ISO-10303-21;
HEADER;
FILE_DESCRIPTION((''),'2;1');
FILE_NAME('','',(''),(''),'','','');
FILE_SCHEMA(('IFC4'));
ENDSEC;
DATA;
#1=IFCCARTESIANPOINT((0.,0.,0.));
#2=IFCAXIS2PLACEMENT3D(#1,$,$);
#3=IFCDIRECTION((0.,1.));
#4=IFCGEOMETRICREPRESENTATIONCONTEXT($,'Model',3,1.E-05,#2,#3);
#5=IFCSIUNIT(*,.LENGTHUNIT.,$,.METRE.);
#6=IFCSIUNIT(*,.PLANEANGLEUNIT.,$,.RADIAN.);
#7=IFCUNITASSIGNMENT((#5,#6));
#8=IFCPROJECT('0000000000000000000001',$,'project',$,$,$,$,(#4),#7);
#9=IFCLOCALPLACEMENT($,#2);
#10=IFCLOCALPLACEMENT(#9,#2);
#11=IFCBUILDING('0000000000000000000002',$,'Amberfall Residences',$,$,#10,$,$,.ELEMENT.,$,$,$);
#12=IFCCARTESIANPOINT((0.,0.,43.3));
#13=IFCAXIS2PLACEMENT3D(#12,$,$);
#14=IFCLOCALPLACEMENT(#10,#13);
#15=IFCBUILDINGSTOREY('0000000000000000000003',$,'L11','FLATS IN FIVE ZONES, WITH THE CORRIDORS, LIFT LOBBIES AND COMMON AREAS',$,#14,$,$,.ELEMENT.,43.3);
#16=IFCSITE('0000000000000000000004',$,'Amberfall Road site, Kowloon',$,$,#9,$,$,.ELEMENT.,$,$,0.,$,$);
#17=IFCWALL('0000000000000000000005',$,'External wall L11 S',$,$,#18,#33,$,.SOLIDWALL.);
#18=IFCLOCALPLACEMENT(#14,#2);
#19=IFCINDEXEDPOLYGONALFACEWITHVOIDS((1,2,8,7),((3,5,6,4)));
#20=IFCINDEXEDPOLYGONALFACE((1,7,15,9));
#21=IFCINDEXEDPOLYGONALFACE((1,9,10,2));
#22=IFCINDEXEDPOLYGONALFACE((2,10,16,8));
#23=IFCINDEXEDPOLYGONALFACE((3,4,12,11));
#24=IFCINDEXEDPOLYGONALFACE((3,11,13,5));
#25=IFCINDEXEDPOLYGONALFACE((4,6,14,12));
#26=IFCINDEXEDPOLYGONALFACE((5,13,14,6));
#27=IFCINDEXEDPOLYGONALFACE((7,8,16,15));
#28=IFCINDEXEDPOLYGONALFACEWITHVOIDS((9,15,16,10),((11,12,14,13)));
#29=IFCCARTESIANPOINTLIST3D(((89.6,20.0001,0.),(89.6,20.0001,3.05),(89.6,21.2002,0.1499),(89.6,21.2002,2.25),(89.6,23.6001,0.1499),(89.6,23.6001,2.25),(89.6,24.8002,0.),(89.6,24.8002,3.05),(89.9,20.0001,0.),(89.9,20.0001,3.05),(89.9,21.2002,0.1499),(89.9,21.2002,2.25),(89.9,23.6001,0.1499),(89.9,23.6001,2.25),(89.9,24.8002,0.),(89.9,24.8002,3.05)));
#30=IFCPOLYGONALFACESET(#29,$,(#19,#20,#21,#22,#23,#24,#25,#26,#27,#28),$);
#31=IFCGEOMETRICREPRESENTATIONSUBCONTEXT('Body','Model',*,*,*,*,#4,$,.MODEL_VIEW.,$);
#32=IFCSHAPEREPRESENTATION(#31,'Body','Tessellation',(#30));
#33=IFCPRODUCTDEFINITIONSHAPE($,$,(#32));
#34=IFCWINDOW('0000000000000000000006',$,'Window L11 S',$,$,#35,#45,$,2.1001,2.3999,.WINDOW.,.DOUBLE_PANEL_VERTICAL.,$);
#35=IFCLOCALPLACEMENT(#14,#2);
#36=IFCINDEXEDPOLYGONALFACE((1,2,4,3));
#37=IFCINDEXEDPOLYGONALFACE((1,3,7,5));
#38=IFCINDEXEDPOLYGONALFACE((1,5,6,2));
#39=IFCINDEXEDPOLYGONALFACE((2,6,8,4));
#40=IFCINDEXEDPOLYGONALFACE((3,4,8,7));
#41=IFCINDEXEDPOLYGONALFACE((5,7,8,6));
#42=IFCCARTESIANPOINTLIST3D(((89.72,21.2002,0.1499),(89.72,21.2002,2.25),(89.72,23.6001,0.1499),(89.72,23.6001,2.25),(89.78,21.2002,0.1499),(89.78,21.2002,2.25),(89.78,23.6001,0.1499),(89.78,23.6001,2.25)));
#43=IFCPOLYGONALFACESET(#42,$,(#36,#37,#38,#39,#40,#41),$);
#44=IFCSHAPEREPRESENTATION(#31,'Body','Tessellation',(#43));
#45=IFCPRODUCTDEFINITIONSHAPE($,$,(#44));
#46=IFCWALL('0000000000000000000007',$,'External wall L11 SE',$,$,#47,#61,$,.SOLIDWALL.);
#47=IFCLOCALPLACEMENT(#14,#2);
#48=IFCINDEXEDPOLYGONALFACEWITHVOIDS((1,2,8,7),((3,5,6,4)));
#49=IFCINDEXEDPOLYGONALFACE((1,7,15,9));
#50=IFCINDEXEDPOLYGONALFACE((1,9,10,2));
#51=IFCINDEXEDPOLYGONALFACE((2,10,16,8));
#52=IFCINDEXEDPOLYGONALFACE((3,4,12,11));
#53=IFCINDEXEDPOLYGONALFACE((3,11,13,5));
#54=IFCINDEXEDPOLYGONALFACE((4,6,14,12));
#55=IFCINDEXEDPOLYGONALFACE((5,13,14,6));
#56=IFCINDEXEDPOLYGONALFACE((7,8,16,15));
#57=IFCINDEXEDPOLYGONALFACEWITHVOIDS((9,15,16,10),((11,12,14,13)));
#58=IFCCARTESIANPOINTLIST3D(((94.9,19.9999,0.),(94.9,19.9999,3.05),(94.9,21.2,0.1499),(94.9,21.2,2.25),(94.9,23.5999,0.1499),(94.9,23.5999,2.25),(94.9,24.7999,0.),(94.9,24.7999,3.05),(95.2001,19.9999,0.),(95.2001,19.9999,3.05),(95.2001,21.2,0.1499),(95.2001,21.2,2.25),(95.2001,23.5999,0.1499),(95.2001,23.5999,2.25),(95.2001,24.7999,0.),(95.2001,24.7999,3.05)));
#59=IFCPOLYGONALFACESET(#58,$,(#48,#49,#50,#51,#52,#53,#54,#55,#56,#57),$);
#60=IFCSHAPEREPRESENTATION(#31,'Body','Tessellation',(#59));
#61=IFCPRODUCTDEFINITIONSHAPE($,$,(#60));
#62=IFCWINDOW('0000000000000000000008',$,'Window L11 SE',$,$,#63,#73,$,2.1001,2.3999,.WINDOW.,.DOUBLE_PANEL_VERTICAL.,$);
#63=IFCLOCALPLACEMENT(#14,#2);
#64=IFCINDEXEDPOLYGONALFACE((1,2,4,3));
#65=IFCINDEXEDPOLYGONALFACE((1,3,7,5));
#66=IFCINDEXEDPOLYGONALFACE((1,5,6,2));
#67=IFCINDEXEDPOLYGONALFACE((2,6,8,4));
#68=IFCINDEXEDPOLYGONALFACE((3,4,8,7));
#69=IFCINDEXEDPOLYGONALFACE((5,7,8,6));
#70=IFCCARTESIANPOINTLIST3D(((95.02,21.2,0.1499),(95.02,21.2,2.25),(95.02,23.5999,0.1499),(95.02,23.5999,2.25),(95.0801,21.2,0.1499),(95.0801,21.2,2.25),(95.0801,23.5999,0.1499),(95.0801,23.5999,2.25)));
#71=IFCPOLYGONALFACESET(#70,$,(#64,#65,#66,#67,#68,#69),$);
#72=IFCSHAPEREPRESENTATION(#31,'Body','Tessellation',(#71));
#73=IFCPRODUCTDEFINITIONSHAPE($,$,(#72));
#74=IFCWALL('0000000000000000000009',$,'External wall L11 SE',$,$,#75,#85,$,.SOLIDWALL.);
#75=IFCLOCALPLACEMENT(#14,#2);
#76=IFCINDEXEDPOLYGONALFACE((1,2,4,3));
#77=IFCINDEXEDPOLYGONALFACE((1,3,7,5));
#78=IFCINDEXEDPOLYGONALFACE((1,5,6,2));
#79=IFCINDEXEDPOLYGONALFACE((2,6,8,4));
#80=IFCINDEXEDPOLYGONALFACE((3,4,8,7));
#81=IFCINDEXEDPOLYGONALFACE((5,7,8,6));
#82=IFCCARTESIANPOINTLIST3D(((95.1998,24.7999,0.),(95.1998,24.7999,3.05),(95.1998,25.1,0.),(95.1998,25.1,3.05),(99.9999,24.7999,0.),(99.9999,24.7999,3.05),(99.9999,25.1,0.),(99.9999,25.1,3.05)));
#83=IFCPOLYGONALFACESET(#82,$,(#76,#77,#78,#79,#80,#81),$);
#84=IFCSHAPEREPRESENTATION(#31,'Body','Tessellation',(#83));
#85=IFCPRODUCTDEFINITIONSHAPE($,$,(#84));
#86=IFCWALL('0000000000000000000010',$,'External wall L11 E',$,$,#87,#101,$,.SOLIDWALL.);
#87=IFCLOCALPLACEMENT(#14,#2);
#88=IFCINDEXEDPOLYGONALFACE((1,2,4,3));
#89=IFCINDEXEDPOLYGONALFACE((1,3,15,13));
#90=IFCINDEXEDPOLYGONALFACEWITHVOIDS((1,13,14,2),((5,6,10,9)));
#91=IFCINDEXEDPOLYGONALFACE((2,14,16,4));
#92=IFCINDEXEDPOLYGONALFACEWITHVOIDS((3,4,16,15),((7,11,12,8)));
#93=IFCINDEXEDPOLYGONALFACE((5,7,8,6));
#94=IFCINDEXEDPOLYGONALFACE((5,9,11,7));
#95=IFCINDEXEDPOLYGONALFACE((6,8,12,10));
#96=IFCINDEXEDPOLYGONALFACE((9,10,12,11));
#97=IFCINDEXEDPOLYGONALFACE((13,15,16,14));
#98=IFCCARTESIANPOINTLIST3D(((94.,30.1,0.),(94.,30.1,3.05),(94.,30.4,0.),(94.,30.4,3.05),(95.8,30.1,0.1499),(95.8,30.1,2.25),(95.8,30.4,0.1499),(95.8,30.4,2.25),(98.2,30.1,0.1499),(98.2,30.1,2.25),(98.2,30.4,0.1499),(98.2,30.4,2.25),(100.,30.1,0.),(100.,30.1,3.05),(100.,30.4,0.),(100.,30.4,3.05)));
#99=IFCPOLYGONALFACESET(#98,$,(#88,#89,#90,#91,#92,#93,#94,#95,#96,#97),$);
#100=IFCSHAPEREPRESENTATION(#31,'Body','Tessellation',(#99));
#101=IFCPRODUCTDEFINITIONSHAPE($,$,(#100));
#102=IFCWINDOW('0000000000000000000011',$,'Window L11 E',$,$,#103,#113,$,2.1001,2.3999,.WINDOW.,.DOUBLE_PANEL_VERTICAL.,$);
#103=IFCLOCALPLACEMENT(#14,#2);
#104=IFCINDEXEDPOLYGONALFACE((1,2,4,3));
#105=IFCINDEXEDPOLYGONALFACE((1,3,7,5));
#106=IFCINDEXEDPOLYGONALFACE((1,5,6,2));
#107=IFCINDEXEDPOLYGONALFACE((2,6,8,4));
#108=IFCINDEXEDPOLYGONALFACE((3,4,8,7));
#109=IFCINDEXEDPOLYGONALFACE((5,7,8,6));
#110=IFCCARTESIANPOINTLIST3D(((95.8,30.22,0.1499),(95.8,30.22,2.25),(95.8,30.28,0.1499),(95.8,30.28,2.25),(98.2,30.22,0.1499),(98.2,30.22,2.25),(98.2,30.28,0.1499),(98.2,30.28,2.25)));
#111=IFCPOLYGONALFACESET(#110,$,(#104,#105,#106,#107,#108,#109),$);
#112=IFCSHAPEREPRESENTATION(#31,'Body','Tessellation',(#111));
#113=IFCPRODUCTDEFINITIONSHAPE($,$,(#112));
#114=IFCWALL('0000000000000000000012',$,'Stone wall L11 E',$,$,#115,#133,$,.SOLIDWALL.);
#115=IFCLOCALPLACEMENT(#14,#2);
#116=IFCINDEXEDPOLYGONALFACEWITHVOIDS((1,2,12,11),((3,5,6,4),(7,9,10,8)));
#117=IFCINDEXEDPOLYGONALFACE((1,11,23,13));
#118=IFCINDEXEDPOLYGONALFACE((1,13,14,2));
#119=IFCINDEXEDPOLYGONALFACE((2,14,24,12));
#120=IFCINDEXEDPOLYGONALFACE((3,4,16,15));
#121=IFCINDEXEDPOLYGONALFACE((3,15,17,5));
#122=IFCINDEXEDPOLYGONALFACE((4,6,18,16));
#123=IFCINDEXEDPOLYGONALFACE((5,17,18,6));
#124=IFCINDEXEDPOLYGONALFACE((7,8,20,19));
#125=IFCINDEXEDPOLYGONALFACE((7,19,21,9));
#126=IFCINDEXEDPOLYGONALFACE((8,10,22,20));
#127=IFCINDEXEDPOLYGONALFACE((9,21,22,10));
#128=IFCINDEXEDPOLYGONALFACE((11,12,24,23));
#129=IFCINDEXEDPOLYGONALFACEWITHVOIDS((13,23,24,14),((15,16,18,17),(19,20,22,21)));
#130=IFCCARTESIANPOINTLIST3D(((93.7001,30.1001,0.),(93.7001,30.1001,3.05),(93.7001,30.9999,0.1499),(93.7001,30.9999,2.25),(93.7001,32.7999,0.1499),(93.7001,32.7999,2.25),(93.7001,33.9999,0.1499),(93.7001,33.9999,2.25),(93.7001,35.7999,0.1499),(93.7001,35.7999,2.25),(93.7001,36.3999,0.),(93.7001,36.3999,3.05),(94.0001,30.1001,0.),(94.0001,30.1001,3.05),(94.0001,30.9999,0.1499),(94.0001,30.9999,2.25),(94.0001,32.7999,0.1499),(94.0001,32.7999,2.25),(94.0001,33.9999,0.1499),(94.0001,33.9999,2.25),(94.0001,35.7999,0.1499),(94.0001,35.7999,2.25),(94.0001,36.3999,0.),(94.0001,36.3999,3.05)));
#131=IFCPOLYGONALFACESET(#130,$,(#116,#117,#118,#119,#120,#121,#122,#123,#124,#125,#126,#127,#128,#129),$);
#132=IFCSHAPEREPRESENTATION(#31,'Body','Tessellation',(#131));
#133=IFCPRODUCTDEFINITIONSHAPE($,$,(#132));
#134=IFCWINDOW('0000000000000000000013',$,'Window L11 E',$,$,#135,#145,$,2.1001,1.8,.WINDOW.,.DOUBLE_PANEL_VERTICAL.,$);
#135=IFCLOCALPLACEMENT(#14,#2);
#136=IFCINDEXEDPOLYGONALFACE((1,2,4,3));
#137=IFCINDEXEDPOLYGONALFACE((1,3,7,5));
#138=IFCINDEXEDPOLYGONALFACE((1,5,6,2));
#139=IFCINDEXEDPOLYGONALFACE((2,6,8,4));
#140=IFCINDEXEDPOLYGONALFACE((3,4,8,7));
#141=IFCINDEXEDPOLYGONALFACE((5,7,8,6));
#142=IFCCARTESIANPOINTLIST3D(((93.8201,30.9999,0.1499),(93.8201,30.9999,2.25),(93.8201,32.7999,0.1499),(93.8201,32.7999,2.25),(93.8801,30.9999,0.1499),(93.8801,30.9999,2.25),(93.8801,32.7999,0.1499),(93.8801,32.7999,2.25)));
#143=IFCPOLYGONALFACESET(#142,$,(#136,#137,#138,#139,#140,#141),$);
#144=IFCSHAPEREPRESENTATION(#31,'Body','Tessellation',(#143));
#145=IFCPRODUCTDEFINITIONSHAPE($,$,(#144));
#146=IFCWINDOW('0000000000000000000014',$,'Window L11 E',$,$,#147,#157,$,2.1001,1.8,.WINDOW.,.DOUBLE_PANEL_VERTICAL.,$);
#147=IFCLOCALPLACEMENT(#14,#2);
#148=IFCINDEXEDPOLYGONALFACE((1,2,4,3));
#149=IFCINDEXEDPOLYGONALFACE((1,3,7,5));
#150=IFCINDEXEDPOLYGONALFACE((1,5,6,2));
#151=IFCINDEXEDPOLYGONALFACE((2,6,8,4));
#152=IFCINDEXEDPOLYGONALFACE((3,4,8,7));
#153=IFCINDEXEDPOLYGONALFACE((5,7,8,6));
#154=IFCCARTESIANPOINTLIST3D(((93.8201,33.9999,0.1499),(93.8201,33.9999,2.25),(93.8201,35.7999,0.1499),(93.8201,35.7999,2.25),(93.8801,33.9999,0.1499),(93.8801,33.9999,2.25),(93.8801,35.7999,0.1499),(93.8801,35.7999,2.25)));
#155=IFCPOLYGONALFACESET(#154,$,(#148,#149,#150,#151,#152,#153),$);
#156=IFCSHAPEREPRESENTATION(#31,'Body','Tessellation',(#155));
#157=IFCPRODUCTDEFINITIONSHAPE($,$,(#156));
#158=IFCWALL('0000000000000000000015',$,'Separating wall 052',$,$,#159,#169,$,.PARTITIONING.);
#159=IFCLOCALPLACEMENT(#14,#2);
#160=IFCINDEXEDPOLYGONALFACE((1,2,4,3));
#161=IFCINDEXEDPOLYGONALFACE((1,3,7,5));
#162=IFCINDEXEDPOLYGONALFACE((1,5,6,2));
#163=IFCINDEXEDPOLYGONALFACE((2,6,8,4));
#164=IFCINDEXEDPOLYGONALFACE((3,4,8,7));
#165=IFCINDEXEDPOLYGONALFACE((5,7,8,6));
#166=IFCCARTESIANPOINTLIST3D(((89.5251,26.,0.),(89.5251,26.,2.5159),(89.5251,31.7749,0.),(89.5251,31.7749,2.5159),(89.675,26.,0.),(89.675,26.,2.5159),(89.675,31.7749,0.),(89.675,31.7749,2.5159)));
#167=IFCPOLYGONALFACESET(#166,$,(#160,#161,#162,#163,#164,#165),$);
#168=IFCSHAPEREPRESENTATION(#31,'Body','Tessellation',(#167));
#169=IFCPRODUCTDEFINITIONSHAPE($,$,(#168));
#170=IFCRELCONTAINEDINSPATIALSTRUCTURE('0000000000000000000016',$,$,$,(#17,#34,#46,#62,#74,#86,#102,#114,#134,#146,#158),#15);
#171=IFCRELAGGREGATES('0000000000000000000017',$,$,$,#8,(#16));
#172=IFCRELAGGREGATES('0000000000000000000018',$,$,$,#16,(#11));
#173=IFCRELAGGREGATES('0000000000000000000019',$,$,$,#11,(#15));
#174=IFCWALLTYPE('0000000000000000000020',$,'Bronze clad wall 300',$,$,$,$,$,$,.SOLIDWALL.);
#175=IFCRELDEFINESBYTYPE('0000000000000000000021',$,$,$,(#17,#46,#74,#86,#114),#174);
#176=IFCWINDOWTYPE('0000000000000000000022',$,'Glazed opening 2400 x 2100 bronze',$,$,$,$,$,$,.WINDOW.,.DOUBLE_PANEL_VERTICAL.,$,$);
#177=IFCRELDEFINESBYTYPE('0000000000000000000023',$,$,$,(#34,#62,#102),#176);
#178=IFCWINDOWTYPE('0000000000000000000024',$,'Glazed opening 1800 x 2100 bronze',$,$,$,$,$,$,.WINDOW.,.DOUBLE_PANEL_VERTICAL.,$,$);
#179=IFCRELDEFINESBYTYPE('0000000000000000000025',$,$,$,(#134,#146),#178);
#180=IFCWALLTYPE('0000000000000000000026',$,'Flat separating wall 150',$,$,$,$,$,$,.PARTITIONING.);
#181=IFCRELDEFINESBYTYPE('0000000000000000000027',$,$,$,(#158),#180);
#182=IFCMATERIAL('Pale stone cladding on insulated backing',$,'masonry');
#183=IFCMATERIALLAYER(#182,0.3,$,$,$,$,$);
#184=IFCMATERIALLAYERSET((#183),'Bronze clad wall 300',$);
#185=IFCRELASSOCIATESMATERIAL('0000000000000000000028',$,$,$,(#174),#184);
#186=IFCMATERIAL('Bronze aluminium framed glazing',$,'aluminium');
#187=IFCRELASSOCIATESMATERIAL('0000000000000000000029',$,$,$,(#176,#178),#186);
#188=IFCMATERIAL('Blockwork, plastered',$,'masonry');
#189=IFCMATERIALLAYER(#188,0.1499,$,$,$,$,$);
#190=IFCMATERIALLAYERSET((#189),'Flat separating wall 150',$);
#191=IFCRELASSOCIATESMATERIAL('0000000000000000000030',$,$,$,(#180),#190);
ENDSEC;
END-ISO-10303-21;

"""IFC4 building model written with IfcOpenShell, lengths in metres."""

from ifc_helpers import new_model, si_unit, direction, frame, frame_2d, origin, place, context, subcontext, project, spatial, rectangle, extrude, material, layer, layer_set, type_object, element, fill, save


model = new_model("IFC4")

# Units and contexts
model_context = context("Model", 3, precision=1e-05, world=origin(), true_north=direction((0.0, 1.0)))
body_context = subcontext(model_context, "Body", "Model", "MODEL_VIEW")
ifc_project = project(units=[si_unit("LENGTHUNIT", "METRE"), si_unit("PLANEANGLEUNIT", "RADIAN")], contexts=[model_context])

# Site, building, storey
site_placement = place(None, origin())
site = spatial("IfcSite", under=ifc_project, at=site_placement, Name="Amberfall Road site, Kowloon", CompositionType="ELEMENT", RefElevation=0.0)
building_placement = place(site_placement, origin())
building = spatial("IfcBuilding", under=site, at=building_placement, Name="Amberfall Residences", CompositionType="ELEMENT")
storey_placement = place(building_placement, frame((0.0, 0.0, 43.3)))
storey = spatial("IfcBuildingStorey", under=building, at=storey_placement, Name="L11", Description="FLATS IN FIVE ZONES, WITH THE CORRIDORS, LIFT LOBBIES AND COMMON AREAS", CompositionType="ELEMENT", Elevation=43.3)

# Walls, openings, windows
ifc_material_1 = material(Name="Pale stone cladding on insulated backing", Category="masonry")
ifc_layer_1 = layer(ifc_material_1, 0.3)
ifc_layer_set_1 = layer_set([ifc_layer_1], Name="Bronze clad wall 300")
wall_type_1 = type_object("IfcWallType", Name="Bronze clad wall 300", PredefinedType="SOLIDWALL", material=ifc_layer_set_1)
wall_1_placement = place(storey_placement, frame((89.75, 24.8, 0.0), z_axis=(0.0, 0.0, 1.0), x_axis=(0.0, -1.0, 0.0)))
wall_1 = element("IfcWall", 1, at=wall_1_placement, inside=storey, type_object=wall_type_1, Name="External wall L11 S", PredefinedType="SOLIDWALL", context=body_context, shape_type="SweptSolid", body=[
    extrude(rectangle(XDim=4.8, YDim=0.3, at=frame_2d((2.3999, 0.0))), origin(), (0.0, 0.0, 1.0), 3.05),
])
opening_1_placement = place(wall_1_placement, frame((1.2, 0.0, 0.1499)))
opening_1 = element("IfcOpeningElement", 2, at=opening_1_placement, cuts=wall_1, PredefinedType="OPENING", context=body_context, shape_type="SweptSolid", body=[
    extrude(rectangle(XDim=2.3999, YDim=2.1001, at=frame_2d((1.2, 1.05))), frame((0.0, 0.1599, 0.0), z_axis=(0.0, -1.0, 0.0), x_axis=(1.0, 0.0, 0.0)), (0.0, 0.0, 1.0), 0.3201),
])
ifc_material_2 = material(Name="Bronze aluminium framed glazing", Category="aluminium")
window_type_1 = type_object("IfcWindowType", Name="Glazed opening 2400 x 2100 bronze", PartitioningType="DOUBLE_PANEL_VERTICAL", PredefinedType="WINDOW", material=ifc_material_2)
window_1_placement = place(opening_1_placement, origin())
window_1 = element("IfcWindow", 3, at=window_1_placement, inside=storey, type_object=window_type_1, Name="Window L11 S", OverallHeight=2.1001, OverallWidth=2.3999, PartitioningType="DOUBLE_PANEL_VERTICAL", PredefinedType="WINDOW", context=body_context, shape_type="SweptSolid", body=[
    extrude(rectangle(XDim=2.3999, YDim=2.1001, at=frame_2d((1.2, 1.05))), frame((0.0, 0.03, 0.0), z_axis=(0.0, -1.0, 0.0), x_axis=(1.0, 0.0, 0.0)), (0.0, 0.0, 1.0), 0.0601),
])
fill(opening_1, window_1)
wall_2_placement = place(storey_placement, frame((95.05, 20.0, 0.0), z_axis=(0.0, 0.0, 1.0), x_axis=(0.0, 1.0, 0.0)))
wall_2 = element("IfcWall", 4, at=wall_2_placement, inside=storey, type_object=wall_type_1, Name="External wall L11 SE", PredefinedType="SOLIDWALL", context=body_context, shape_type="SweptSolid", body=[
    extrude(rectangle(XDim=4.8, YDim=0.3, at=frame_2d((2.3999, 0.0))), origin(), (0.0, 0.0, 1.0), 3.05),
])
opening_2_placement = place(wall_2_placement, frame((1.2, 0.0, 0.1499)))
opening_2 = element("IfcOpeningElement", 5, at=opening_2_placement, cuts=wall_2, PredefinedType="OPENING", context=body_context, shape_type="SweptSolid", body=[
    extrude(rectangle(XDim=2.3999, YDim=2.1001, at=frame_2d((1.2, 1.05))), frame((0.0, 0.1599, 0.0), z_axis=(0.0, -1.0, 0.0), x_axis=(1.0, 0.0, 0.0)), (0.0, 0.0, 1.0), 0.3201),
])
window_2_placement = place(opening_2_placement, origin())
window_2 = element("IfcWindow", 6, at=window_2_placement, inside=storey, type_object=window_type_1, Name="Window L11 SE", OverallHeight=2.1001, OverallWidth=2.3999, PartitioningType="DOUBLE_PANEL_VERTICAL", PredefinedType="WINDOW", context=body_context, shape_type="SweptSolid", body=[
    extrude(rectangle(XDim=2.3999, YDim=2.1001, at=frame_2d((1.2, 1.05))), frame((0.0, 0.03, 0.0), z_axis=(0.0, -1.0, 0.0), x_axis=(1.0, 0.0, 0.0)), (0.0, 0.0, 1.0), 0.0601),
])
fill(opening_2, window_2)

# Wall
wall_3_placement = place(storey_placement, frame((95.2, 24.95, 0.0), z_axis=(0.0, 0.0, 1.0), x_axis=(1.0, 0.0, 0.0)))
element("IfcWall", 7, at=wall_3_placement, inside=storey, type_object=wall_type_1, Name="External wall L11 SE", PredefinedType="SOLIDWALL", context=body_context, shape_type="SweptSolid", body=[
    extrude(rectangle(XDim=4.8, YDim=0.3, at=frame_2d((2.3999, 0.0))), origin(), (0.0, 0.0, 1.0), 3.05),
])

# Wall, opening, window
wall_4_placement = place(storey_placement, frame((100.0, 30.25, 0.0), z_axis=(0.0, 0.0, 1.0), x_axis=(-1.0, 0.0, 0.0)))
wall_4 = element("IfcWall", 8, at=wall_4_placement, inside=storey, type_object=wall_type_1, Name="External wall L11 E", PredefinedType="SOLIDWALL", context=body_context, shape_type="SweptSolid", body=[
    extrude(rectangle(XDim=6.0, YDim=0.3, at=frame_2d((3.0, 0.0))), origin(), (0.0, 0.0, 1.0), 3.05),
])
opening_3_placement = place(wall_4_placement, frame((1.8, 0.0, 0.1499)))
opening_3 = element("IfcOpeningElement", 9, at=opening_3_placement, cuts=wall_4, PredefinedType="OPENING", context=body_context, shape_type="SweptSolid", body=[
    extrude(rectangle(XDim=2.3999, YDim=2.1001, at=frame_2d((1.2, 1.05))), frame((0.0, 0.1599, 0.0), z_axis=(0.0, -1.0, 0.0), x_axis=(1.0, 0.0, 0.0)), (0.0, 0.0, 1.0), 0.3201),
])
window_3_placement = place(opening_3_placement, origin())
window_3 = element("IfcWindow", 10, at=window_3_placement, inside=storey, type_object=window_type_1, Name="Window L11 E", OverallHeight=2.1001, OverallWidth=2.3999, PartitioningType="DOUBLE_PANEL_VERTICAL", PredefinedType="WINDOW", context=body_context, shape_type="SweptSolid", body=[
    extrude(rectangle(XDim=2.3999, YDim=2.1001, at=frame_2d((1.2, 1.05))), frame((0.0, 0.03, 0.0), z_axis=(0.0, -1.0, 0.0), x_axis=(1.0, 0.0, 0.0)), (0.0, 0.0, 1.0), 0.0601),
])
fill(opening_3, window_3)

# Wall, openings, windows
wall_5_placement = place(storey_placement, frame((93.8501, 30.1001, 0.0), z_axis=(0.0, 0.0, 1.0), x_axis=(0.0, 1.0, 0.0)))
wall_5 = element("IfcWall", 11, at=wall_5_placement, inside=storey, type_object=wall_type_1, Name="Stone wall L11 E", PredefinedType="SOLIDWALL", context=body_context, shape_type="SweptSolid", body=[
    extrude(rectangle(XDim=6.2998, YDim=0.3, at=frame_2d((3.1499, 0.0))), origin(), (0.0, 0.0, 1.0), 3.05),
])
opening_4_placement = place(wall_5_placement, frame((0.8999, 0.0, 0.1499)))
opening_4 = element("IfcOpeningElement", 12, at=opening_4_placement, cuts=wall_5, PredefinedType="OPENING", context=body_context, shape_type="SweptSolid", body=[
    extrude(rectangle(XDim=1.8, YDim=2.1001, at=frame_2d((0.8999, 1.05))), frame((0.0, 0.1599, 0.0), z_axis=(0.0, -1.0, 0.0), x_axis=(1.0, 0.0, 0.0)), (0.0, 0.0, 1.0), 0.3201),
])
opening_5_placement = place(wall_5_placement, frame((3.8999, 0.0, 0.1499)))
opening_5 = element("IfcOpeningElement", 13, at=opening_5_placement, cuts=wall_5, PredefinedType="OPENING", context=body_context, shape_type="SweptSolid", body=[
    extrude(rectangle(XDim=1.8, YDim=2.1001, at=frame_2d((0.8999, 1.05))), frame((0.0, 0.1599, 0.0), z_axis=(0.0, -1.0, 0.0), x_axis=(1.0, 0.0, 0.0)), (0.0, 0.0, 1.0), 0.3201),
])
window_type_2 = type_object("IfcWindowType", Name="Glazed opening 1800 x 2100 bronze", PartitioningType="DOUBLE_PANEL_VERTICAL", PredefinedType="WINDOW", material=ifc_material_2)
window_4_placement = place(opening_4_placement, origin())
window_4 = element("IfcWindow", 14, at=window_4_placement, inside=storey, type_object=window_type_2, Name="Window L11 E", OverallHeight=2.1001, OverallWidth=1.8, PartitioningType="DOUBLE_PANEL_VERTICAL", PredefinedType="WINDOW", context=body_context, shape_type="SweptSolid", body=[
    extrude(rectangle(XDim=1.8, YDim=2.1001, at=frame_2d((0.8999, 1.05))), frame((0.0, 0.03, 0.0), z_axis=(0.0, -1.0, 0.0), x_axis=(1.0, 0.0, 0.0)), (0.0, 0.0, 1.0), 0.0601),
])
fill(opening_4, window_4)
window_5_placement = place(opening_5_placement, origin())
window_5 = element("IfcWindow", 15, at=window_5_placement, inside=storey, type_object=window_type_2, Name="Window L11 E", OverallHeight=2.1001, OverallWidth=1.8, PartitioningType="DOUBLE_PANEL_VERTICAL", PredefinedType="WINDOW", context=body_context, shape_type="SweptSolid", body=[
    extrude(rectangle(XDim=1.8, YDim=2.1001, at=frame_2d((0.8999, 1.05))), frame((0.0, 0.03, 0.0), z_axis=(0.0, -1.0, 0.0), x_axis=(1.0, 0.0, 0.0)), (0.0, 0.0, 1.0), 0.0601),
])
fill(opening_5, window_5)

# Wall
ifc_material_3 = material(Name="Blockwork, plastered", Category="masonry")
ifc_layer_2 = layer(ifc_material_3, 0.1499)
ifc_layer_set_2 = layer_set([ifc_layer_2], Name="Flat separating wall 150")
wall_type_2 = type_object("IfcWallType", Name="Flat separating wall 150", PredefinedType="PARTITIONING", material=ifc_layer_set_2)
wall_6_placement = place(storey_placement, frame((89.6001, 26.0, 0.0), z_axis=(0.0, 0.0, 1.0), x_axis=(0.0, 1.0, 0.0)))
element("IfcWall", 16, at=wall_6_placement, inside=storey, type_object=wall_type_2, Name="Separating wall 052", PredefinedType="PARTITIONING", context=body_context, shape_type="SweptSolid", body=[
    extrude(rectangle(XDim=5.7749, YDim=0.1499, at=frame_2d((2.8875, 0.0))), origin(), (0.0, 0.0, 1.0), 2.5159),
])

save(model, "model.ifc")
